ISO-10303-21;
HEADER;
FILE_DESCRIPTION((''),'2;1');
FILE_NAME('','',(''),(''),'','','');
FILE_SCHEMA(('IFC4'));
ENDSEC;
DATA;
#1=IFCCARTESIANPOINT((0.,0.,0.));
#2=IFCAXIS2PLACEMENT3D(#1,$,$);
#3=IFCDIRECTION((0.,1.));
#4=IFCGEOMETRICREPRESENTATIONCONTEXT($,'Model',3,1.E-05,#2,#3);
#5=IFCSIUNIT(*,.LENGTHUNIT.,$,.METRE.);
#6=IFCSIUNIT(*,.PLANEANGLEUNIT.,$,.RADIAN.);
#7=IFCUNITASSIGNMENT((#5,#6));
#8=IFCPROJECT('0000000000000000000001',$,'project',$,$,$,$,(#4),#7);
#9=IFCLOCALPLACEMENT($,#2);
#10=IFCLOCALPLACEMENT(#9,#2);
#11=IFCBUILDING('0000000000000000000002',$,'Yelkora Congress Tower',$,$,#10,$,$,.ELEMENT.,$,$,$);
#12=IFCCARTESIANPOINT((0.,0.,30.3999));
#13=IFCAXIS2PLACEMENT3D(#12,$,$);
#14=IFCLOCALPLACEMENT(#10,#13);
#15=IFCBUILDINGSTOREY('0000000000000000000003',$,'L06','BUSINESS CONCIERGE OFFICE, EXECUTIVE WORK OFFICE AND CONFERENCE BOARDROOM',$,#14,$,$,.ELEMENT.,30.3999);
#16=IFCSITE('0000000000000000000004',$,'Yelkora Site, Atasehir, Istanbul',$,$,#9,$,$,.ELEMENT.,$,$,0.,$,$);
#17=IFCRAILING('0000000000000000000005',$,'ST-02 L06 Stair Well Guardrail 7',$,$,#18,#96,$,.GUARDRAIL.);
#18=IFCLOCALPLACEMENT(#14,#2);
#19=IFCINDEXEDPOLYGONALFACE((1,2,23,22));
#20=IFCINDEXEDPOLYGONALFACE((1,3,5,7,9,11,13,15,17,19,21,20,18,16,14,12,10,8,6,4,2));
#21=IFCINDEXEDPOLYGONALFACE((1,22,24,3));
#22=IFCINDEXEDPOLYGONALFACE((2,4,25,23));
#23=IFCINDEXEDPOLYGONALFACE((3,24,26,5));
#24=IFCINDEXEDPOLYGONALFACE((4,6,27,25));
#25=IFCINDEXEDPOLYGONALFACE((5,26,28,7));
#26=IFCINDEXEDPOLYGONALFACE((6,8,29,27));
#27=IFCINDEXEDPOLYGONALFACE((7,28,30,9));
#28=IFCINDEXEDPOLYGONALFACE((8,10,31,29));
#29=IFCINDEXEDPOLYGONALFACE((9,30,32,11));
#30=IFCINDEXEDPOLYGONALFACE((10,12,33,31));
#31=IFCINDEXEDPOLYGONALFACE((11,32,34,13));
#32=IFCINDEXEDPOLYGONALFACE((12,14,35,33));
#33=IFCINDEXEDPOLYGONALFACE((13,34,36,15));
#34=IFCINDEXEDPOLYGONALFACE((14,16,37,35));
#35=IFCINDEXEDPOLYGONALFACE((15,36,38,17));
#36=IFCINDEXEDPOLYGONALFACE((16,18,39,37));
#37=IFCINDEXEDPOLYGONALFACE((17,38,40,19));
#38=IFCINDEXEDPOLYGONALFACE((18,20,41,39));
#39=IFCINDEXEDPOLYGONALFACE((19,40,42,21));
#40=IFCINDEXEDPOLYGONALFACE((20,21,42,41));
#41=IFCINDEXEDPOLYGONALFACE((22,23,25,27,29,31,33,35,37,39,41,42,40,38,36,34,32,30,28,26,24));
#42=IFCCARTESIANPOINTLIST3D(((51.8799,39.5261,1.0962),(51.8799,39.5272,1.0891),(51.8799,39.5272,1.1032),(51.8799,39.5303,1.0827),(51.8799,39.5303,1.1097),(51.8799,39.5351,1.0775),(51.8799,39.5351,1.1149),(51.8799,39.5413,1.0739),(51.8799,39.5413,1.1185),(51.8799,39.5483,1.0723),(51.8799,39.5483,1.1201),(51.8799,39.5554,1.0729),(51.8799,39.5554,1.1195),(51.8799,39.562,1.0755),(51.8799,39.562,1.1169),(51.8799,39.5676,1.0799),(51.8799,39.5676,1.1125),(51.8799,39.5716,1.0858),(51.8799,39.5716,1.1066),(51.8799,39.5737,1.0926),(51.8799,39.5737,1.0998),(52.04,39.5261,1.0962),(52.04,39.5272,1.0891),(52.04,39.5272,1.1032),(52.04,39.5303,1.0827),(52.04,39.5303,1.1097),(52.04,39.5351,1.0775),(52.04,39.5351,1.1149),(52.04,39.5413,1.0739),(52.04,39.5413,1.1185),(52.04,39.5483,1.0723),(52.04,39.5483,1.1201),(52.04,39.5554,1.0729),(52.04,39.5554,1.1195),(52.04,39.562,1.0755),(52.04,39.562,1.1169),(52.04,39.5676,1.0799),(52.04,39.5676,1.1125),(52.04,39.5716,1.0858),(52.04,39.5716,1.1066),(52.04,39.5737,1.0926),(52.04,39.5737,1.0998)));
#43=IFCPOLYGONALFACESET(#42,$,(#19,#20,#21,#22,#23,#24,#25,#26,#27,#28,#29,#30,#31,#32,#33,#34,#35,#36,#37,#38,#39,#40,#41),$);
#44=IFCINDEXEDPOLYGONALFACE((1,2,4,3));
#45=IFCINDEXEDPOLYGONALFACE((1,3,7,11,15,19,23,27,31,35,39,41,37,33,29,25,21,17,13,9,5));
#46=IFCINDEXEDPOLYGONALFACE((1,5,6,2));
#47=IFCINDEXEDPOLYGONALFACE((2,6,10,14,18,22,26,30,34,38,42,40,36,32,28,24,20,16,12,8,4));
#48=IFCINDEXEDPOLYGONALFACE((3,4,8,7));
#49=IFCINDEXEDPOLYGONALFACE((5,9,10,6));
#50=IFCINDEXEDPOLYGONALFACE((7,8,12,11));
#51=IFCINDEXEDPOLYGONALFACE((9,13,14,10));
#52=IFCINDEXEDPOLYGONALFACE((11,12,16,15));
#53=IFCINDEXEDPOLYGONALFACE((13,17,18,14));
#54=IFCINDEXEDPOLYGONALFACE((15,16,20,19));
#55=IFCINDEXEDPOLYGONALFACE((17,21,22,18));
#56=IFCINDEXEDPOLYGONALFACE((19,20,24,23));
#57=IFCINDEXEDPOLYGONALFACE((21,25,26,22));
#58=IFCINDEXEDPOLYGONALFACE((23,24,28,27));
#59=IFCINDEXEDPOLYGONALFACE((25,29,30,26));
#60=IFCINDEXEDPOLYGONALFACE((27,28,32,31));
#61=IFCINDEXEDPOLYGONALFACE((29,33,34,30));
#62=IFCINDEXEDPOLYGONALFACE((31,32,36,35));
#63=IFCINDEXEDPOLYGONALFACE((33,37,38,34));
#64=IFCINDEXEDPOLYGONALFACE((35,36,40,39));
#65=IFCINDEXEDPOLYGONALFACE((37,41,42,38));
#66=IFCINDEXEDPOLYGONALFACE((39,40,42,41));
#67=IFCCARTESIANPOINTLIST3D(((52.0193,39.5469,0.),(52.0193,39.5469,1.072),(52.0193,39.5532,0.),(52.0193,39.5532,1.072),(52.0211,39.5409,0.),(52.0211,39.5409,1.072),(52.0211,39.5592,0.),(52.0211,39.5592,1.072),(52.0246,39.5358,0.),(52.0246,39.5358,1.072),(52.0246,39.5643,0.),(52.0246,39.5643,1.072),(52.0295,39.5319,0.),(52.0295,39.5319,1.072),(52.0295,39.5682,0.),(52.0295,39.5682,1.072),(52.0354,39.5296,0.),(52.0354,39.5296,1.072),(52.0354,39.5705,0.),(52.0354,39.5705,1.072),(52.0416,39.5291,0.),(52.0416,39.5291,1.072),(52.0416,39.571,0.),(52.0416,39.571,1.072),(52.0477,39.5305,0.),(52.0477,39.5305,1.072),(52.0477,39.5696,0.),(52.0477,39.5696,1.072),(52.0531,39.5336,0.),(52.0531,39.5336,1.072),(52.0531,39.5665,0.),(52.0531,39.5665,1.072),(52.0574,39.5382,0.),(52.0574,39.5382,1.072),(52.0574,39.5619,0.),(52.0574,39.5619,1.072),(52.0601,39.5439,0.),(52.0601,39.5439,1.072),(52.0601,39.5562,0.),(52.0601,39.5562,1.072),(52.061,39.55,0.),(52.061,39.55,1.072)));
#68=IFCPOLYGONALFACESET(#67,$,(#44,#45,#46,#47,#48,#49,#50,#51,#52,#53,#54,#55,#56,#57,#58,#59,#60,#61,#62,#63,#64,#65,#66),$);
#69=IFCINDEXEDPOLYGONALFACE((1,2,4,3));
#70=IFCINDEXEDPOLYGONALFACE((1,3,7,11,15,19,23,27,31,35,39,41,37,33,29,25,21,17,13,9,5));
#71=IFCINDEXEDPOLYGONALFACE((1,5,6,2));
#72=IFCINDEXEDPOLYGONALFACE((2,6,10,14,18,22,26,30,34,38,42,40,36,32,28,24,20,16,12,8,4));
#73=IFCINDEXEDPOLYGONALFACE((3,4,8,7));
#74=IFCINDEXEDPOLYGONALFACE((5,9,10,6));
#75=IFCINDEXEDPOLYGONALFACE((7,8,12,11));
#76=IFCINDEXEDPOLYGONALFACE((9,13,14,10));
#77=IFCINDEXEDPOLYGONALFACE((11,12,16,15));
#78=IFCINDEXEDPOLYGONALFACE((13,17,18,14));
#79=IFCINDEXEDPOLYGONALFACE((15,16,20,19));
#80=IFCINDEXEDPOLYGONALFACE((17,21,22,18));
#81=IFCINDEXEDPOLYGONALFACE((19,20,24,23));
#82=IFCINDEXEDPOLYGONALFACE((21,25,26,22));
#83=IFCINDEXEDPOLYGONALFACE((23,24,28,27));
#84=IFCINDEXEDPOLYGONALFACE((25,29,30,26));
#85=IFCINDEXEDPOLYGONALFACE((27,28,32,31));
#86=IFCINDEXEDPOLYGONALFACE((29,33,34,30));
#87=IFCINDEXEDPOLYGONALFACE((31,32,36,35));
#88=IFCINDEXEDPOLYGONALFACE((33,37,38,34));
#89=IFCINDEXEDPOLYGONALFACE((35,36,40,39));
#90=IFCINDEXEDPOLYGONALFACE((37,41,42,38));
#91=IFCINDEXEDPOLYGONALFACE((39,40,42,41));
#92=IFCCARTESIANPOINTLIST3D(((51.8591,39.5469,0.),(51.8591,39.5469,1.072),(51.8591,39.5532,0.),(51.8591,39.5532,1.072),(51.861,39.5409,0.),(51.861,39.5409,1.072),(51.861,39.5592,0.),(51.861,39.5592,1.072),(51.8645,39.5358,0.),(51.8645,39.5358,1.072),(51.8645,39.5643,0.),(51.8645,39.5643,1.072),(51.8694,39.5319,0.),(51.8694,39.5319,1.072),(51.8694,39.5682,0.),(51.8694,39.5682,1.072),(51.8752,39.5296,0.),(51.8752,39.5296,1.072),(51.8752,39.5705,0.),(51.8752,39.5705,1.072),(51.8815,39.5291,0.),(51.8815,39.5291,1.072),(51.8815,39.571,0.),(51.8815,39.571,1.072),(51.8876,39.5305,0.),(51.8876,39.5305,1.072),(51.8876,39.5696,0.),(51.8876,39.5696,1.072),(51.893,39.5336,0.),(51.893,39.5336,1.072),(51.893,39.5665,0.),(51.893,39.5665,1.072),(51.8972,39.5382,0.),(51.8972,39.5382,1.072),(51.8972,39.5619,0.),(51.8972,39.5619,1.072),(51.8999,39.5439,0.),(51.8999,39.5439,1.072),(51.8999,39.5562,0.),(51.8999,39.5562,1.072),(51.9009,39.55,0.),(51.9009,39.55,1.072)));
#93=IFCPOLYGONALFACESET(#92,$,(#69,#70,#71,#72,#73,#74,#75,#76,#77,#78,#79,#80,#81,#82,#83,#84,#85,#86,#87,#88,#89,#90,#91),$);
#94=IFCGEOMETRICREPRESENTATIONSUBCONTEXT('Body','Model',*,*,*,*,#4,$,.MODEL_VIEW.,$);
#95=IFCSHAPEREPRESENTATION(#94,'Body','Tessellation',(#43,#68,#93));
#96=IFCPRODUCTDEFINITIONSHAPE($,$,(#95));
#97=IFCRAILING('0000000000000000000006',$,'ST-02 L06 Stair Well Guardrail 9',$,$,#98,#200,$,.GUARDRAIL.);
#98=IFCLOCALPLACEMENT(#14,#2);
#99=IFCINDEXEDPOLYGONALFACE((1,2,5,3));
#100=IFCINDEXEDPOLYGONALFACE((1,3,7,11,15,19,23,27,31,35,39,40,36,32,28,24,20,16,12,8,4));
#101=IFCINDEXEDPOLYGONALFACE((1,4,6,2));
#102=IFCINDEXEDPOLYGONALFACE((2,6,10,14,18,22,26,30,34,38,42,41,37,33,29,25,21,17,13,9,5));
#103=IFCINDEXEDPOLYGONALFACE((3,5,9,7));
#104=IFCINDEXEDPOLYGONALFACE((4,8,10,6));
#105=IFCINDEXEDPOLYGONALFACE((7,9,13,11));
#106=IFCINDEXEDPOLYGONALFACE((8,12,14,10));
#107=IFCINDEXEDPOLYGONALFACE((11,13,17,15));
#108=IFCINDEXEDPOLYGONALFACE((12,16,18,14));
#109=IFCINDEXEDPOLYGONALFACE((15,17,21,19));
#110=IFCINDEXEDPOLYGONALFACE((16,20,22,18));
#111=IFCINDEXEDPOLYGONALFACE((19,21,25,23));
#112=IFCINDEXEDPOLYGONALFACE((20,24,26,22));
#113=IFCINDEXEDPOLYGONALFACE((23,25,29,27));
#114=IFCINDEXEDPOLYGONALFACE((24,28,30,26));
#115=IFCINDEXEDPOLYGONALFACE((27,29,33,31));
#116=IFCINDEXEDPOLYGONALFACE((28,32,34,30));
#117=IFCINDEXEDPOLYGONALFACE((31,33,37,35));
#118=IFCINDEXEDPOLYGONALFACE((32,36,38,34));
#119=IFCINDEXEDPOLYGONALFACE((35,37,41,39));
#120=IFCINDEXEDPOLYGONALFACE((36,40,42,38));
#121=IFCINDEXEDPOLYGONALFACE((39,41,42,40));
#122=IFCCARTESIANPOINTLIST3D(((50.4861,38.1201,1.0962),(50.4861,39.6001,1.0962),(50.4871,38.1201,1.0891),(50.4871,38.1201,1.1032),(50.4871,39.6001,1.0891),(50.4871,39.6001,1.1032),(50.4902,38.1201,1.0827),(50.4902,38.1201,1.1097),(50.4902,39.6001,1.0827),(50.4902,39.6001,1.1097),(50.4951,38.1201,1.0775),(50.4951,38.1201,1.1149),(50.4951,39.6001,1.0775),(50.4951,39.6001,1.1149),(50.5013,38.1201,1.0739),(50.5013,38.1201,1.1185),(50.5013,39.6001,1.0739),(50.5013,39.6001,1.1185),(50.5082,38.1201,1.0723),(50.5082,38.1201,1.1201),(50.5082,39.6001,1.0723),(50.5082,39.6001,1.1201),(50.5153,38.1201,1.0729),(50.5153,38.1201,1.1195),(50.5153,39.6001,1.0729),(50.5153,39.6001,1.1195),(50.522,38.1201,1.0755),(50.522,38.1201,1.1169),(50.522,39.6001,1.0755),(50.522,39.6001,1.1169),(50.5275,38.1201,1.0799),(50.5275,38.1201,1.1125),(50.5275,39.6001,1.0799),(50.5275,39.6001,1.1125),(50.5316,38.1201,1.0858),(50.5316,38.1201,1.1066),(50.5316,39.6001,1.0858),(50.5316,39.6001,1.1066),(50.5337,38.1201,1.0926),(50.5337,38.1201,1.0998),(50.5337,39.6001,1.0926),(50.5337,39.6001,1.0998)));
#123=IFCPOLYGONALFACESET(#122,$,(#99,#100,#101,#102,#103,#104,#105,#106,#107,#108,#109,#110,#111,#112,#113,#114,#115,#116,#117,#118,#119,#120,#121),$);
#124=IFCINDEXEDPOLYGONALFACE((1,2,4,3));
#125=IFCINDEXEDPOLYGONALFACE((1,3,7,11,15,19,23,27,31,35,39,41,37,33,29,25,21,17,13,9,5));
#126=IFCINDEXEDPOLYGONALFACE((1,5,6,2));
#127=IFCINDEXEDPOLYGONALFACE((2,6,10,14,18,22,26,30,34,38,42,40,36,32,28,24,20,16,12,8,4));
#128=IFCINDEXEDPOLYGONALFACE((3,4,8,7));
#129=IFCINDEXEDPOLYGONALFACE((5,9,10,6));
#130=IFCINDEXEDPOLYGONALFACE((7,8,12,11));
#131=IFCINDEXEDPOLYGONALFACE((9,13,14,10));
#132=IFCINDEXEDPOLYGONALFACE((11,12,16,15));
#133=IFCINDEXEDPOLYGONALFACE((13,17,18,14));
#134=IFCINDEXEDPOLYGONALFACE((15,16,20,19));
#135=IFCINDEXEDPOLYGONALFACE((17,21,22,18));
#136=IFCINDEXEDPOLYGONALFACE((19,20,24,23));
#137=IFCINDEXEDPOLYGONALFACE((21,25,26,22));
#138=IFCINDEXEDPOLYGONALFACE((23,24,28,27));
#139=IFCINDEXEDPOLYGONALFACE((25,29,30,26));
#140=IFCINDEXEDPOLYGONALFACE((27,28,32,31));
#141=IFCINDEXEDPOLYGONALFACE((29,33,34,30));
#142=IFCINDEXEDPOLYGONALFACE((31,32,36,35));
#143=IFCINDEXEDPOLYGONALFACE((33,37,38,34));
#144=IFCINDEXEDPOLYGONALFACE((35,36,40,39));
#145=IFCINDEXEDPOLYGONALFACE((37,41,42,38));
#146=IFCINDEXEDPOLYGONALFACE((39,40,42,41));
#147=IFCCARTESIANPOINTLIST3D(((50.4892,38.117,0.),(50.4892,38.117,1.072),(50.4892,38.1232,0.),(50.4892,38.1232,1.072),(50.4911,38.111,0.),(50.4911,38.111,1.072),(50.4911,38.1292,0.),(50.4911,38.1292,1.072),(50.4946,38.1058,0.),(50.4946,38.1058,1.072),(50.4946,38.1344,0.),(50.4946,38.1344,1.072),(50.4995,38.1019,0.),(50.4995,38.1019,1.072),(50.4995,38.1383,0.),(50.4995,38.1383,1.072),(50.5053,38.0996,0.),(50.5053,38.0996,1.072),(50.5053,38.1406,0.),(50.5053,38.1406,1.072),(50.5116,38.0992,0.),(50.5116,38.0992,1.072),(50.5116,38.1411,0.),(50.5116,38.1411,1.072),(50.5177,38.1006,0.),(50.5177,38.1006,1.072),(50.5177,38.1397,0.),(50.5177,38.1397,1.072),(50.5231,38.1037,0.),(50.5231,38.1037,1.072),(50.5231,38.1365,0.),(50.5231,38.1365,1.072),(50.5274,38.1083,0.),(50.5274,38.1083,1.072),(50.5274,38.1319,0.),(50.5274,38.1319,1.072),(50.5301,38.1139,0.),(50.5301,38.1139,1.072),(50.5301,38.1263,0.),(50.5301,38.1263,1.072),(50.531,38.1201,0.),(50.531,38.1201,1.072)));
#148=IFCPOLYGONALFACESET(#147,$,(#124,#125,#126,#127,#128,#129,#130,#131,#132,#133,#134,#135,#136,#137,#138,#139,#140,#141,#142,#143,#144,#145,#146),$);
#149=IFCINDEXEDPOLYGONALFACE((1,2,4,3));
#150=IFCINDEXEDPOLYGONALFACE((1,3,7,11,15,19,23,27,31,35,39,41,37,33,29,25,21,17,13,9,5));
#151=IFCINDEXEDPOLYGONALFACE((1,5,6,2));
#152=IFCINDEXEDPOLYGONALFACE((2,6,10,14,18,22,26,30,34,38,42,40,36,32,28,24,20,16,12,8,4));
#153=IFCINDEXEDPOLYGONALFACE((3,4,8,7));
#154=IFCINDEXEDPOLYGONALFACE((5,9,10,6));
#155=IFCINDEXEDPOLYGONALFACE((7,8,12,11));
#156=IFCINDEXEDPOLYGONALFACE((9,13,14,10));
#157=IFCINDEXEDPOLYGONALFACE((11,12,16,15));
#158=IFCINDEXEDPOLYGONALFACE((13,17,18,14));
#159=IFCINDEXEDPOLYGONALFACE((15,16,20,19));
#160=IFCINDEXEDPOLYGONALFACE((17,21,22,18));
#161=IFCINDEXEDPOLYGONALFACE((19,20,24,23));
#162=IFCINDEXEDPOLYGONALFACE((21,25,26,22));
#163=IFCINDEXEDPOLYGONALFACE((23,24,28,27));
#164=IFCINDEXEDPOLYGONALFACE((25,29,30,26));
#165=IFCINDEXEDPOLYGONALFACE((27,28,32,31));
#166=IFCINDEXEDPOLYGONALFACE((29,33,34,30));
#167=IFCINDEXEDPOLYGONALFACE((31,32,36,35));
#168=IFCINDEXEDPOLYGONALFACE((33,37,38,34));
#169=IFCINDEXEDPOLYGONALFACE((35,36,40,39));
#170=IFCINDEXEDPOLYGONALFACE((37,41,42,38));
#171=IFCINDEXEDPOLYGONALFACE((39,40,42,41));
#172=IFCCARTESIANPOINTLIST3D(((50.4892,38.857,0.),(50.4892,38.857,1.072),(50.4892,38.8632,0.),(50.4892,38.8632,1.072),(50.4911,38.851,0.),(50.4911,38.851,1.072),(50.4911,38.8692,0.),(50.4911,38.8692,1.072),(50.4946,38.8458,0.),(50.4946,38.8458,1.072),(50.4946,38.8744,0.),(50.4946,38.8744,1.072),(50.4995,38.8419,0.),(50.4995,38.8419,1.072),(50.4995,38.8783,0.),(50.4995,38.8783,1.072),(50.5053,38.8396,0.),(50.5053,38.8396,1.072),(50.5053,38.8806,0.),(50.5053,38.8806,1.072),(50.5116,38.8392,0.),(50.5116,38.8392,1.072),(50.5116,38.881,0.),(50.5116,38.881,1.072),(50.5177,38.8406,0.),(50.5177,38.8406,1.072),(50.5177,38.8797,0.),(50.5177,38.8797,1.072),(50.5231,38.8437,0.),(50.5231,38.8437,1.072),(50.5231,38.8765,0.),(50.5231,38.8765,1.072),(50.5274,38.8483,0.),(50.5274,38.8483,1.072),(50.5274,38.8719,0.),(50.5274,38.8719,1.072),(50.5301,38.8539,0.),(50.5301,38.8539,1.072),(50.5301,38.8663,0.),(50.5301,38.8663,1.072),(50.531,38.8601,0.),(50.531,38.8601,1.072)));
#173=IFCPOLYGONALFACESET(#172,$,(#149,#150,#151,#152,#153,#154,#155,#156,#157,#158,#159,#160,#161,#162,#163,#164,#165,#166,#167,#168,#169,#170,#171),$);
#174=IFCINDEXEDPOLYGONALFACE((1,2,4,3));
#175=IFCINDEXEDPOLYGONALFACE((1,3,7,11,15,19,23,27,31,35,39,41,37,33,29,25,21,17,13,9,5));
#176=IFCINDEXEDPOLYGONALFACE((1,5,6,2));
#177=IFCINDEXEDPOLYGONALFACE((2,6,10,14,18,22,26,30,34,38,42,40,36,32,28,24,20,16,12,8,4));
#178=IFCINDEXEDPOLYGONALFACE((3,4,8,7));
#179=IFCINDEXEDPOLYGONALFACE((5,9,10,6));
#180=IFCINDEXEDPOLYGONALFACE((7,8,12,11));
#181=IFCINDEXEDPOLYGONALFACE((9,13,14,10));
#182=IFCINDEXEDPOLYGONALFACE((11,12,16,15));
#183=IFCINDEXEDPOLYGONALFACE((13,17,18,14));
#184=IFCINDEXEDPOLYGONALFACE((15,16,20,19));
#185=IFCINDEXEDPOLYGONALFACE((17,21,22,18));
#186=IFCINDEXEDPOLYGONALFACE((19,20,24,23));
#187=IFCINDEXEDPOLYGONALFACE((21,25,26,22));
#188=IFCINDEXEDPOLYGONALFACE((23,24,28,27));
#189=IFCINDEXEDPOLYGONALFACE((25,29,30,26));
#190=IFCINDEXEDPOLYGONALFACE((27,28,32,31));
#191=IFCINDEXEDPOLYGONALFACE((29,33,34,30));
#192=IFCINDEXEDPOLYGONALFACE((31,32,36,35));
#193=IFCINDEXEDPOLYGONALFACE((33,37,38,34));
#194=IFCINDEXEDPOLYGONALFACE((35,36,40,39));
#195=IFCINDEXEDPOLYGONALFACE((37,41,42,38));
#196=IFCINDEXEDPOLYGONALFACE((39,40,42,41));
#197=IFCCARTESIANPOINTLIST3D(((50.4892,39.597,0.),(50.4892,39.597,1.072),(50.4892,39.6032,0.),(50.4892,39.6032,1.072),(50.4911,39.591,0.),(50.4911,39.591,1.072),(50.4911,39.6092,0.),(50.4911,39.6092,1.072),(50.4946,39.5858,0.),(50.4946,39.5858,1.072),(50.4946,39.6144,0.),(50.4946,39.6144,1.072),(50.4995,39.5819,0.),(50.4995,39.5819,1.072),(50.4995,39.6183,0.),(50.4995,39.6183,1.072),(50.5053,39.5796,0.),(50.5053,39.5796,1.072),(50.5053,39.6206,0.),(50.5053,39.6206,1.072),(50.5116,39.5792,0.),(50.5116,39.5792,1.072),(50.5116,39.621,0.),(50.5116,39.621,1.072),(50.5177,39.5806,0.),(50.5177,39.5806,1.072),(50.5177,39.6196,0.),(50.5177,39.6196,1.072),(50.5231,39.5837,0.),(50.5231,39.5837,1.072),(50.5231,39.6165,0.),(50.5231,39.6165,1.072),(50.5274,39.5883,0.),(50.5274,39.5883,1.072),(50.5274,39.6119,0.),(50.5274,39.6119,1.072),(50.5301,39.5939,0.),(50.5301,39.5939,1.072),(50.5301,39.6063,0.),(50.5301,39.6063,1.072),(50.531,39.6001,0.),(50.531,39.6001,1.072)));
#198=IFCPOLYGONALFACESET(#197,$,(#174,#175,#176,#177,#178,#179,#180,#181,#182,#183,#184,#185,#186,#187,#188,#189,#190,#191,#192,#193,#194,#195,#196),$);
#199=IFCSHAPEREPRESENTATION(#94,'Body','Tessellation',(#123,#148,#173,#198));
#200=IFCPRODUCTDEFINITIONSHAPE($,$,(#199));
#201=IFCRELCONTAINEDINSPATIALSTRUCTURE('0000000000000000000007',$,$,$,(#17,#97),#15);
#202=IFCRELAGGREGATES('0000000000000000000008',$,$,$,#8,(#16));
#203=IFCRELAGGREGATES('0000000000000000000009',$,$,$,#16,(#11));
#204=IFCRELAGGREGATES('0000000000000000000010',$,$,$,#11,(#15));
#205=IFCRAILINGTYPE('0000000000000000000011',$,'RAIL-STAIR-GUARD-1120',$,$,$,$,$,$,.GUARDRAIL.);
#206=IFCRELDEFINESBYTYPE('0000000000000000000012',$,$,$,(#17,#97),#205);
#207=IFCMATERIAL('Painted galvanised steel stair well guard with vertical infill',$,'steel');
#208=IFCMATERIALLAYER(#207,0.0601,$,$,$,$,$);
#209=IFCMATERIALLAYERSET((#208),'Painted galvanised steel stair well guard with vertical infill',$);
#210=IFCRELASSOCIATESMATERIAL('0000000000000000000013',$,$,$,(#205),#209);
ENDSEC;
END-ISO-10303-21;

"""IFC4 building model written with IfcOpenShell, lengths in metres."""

from ifc_helpers import new_model, si_unit, direction, frame, origin, origin_2d, place, context, subcontext, project, spatial, circle, extrude, material, layer, layer_set, type_object, element, save


model = new_model("IFC4")

# Units and contexts
model_context = context("Model", 3, precision=1e-05, world=origin(), true_north=direction((0.0, 1.0)))
body_context = subcontext(model_context, "Body", "Model", "MODEL_VIEW")
ifc_project = project(units=[si_unit("LENGTHUNIT", "METRE"), si_unit("PLANEANGLEUNIT", "RADIAN")], contexts=[model_context])

# Site, building, storey
site_placement = place(None, origin())
site = spatial("IfcSite", under=ifc_project, at=site_placement, Name="Yelkora Site, Atasehir, Istanbul", CompositionType="ELEMENT", RefElevation=0.0)
building_placement = place(site_placement, origin())
building = spatial("IfcBuilding", under=site, at=building_placement, Name="Yelkora Congress Tower", CompositionType="ELEMENT")
storey_placement = place(building_placement, frame((0.0, 0.0, 30.3999)))
storey = spatial("IfcBuildingStorey", under=building, at=storey_placement, Name="L06", Description="BUSINESS CONCIERGE OFFICE, EXECUTIVE WORK OFFICE AND CONFERENCE BOARDROOM", CompositionType="ELEMENT", Elevation=30.3999)

# Railings
ifc_material_1 = material(Name="Painted galvanised steel stair well guard with vertical infill", Category="steel")
ifc_layer_1 = layer(ifc_material_1, 0.0601)
ifc_layer_set_1 = layer_set([ifc_layer_1], Name="Painted galvanised steel stair well guard with vertical infill")
railing_type_1 = type_object("IfcRailingType", Name="RAIL-STAIR-GUARD-1120", PredefinedType="GUARDRAIL", material=ifc_layer_set_1)
railing_1_placement = place(storey_placement, frame((52.04, 39.55, 0.0)))
element("IfcRailing", 1, at=railing_1_placement, inside=storey, type_object=railing_type_1, Name="ST-02 L06 Stair Well Guardrail 7", PredefinedType="GUARDRAIL", context=body_context, shape_type="SweptSolid", body=[
    extrude(circle(Radius=0.0239, at=origin_2d()), frame((0.0, 0.0, 1.0962), z_axis=(-1.0, 0.0, 0.0), x_axis=(0.0, -1.0, 0.0)), (0.0, 0.0, 1.0), 0.1602),
    extrude(circle(Radius=0.021, at=origin_2d()), origin(), (0.0, 0.0, 1.0), 1.072),
    extrude(circle(Radius=0.021, at=origin_2d()), frame((-0.1602, 0.0, 0.0)), (0.0, 0.0, 1.0), 1.072),
])
railing_2_placement = place(storey_placement, frame((50.51, 38.1201, 0.0)))
element("IfcRailing", 2, at=railing_2_placement, inside=storey, type_object=railing_type_1, Name="ST-02 L06 Stair Well Guardrail 9", PredefinedType="GUARDRAIL", context=body_context, shape_type="SweptSolid", body=[
    extrude(circle(Radius=0.0239, at=origin_2d()), frame((0.0, 0.0, 1.0962), z_axis=(0.0, 1.0, 0.0), x_axis=(-1.0, 0.0, 0.0)), (0.0, 0.0, 1.0), 1.48),
    extrude(circle(Radius=0.021, at=origin_2d()), origin(), (0.0, 0.0, 1.0), 1.072),
    extrude(circle(Radius=0.021, at=origin_2d()), frame((0.0, 0.74, 0.0)), (0.0, 0.0, 1.0), 1.072),
    extrude(circle(Radius=0.021, at=origin_2d()), frame((0.0, 1.48, 0.0)), (0.0, 0.0, 1.0), 1.072),
])

save(model, "model.ifc")
